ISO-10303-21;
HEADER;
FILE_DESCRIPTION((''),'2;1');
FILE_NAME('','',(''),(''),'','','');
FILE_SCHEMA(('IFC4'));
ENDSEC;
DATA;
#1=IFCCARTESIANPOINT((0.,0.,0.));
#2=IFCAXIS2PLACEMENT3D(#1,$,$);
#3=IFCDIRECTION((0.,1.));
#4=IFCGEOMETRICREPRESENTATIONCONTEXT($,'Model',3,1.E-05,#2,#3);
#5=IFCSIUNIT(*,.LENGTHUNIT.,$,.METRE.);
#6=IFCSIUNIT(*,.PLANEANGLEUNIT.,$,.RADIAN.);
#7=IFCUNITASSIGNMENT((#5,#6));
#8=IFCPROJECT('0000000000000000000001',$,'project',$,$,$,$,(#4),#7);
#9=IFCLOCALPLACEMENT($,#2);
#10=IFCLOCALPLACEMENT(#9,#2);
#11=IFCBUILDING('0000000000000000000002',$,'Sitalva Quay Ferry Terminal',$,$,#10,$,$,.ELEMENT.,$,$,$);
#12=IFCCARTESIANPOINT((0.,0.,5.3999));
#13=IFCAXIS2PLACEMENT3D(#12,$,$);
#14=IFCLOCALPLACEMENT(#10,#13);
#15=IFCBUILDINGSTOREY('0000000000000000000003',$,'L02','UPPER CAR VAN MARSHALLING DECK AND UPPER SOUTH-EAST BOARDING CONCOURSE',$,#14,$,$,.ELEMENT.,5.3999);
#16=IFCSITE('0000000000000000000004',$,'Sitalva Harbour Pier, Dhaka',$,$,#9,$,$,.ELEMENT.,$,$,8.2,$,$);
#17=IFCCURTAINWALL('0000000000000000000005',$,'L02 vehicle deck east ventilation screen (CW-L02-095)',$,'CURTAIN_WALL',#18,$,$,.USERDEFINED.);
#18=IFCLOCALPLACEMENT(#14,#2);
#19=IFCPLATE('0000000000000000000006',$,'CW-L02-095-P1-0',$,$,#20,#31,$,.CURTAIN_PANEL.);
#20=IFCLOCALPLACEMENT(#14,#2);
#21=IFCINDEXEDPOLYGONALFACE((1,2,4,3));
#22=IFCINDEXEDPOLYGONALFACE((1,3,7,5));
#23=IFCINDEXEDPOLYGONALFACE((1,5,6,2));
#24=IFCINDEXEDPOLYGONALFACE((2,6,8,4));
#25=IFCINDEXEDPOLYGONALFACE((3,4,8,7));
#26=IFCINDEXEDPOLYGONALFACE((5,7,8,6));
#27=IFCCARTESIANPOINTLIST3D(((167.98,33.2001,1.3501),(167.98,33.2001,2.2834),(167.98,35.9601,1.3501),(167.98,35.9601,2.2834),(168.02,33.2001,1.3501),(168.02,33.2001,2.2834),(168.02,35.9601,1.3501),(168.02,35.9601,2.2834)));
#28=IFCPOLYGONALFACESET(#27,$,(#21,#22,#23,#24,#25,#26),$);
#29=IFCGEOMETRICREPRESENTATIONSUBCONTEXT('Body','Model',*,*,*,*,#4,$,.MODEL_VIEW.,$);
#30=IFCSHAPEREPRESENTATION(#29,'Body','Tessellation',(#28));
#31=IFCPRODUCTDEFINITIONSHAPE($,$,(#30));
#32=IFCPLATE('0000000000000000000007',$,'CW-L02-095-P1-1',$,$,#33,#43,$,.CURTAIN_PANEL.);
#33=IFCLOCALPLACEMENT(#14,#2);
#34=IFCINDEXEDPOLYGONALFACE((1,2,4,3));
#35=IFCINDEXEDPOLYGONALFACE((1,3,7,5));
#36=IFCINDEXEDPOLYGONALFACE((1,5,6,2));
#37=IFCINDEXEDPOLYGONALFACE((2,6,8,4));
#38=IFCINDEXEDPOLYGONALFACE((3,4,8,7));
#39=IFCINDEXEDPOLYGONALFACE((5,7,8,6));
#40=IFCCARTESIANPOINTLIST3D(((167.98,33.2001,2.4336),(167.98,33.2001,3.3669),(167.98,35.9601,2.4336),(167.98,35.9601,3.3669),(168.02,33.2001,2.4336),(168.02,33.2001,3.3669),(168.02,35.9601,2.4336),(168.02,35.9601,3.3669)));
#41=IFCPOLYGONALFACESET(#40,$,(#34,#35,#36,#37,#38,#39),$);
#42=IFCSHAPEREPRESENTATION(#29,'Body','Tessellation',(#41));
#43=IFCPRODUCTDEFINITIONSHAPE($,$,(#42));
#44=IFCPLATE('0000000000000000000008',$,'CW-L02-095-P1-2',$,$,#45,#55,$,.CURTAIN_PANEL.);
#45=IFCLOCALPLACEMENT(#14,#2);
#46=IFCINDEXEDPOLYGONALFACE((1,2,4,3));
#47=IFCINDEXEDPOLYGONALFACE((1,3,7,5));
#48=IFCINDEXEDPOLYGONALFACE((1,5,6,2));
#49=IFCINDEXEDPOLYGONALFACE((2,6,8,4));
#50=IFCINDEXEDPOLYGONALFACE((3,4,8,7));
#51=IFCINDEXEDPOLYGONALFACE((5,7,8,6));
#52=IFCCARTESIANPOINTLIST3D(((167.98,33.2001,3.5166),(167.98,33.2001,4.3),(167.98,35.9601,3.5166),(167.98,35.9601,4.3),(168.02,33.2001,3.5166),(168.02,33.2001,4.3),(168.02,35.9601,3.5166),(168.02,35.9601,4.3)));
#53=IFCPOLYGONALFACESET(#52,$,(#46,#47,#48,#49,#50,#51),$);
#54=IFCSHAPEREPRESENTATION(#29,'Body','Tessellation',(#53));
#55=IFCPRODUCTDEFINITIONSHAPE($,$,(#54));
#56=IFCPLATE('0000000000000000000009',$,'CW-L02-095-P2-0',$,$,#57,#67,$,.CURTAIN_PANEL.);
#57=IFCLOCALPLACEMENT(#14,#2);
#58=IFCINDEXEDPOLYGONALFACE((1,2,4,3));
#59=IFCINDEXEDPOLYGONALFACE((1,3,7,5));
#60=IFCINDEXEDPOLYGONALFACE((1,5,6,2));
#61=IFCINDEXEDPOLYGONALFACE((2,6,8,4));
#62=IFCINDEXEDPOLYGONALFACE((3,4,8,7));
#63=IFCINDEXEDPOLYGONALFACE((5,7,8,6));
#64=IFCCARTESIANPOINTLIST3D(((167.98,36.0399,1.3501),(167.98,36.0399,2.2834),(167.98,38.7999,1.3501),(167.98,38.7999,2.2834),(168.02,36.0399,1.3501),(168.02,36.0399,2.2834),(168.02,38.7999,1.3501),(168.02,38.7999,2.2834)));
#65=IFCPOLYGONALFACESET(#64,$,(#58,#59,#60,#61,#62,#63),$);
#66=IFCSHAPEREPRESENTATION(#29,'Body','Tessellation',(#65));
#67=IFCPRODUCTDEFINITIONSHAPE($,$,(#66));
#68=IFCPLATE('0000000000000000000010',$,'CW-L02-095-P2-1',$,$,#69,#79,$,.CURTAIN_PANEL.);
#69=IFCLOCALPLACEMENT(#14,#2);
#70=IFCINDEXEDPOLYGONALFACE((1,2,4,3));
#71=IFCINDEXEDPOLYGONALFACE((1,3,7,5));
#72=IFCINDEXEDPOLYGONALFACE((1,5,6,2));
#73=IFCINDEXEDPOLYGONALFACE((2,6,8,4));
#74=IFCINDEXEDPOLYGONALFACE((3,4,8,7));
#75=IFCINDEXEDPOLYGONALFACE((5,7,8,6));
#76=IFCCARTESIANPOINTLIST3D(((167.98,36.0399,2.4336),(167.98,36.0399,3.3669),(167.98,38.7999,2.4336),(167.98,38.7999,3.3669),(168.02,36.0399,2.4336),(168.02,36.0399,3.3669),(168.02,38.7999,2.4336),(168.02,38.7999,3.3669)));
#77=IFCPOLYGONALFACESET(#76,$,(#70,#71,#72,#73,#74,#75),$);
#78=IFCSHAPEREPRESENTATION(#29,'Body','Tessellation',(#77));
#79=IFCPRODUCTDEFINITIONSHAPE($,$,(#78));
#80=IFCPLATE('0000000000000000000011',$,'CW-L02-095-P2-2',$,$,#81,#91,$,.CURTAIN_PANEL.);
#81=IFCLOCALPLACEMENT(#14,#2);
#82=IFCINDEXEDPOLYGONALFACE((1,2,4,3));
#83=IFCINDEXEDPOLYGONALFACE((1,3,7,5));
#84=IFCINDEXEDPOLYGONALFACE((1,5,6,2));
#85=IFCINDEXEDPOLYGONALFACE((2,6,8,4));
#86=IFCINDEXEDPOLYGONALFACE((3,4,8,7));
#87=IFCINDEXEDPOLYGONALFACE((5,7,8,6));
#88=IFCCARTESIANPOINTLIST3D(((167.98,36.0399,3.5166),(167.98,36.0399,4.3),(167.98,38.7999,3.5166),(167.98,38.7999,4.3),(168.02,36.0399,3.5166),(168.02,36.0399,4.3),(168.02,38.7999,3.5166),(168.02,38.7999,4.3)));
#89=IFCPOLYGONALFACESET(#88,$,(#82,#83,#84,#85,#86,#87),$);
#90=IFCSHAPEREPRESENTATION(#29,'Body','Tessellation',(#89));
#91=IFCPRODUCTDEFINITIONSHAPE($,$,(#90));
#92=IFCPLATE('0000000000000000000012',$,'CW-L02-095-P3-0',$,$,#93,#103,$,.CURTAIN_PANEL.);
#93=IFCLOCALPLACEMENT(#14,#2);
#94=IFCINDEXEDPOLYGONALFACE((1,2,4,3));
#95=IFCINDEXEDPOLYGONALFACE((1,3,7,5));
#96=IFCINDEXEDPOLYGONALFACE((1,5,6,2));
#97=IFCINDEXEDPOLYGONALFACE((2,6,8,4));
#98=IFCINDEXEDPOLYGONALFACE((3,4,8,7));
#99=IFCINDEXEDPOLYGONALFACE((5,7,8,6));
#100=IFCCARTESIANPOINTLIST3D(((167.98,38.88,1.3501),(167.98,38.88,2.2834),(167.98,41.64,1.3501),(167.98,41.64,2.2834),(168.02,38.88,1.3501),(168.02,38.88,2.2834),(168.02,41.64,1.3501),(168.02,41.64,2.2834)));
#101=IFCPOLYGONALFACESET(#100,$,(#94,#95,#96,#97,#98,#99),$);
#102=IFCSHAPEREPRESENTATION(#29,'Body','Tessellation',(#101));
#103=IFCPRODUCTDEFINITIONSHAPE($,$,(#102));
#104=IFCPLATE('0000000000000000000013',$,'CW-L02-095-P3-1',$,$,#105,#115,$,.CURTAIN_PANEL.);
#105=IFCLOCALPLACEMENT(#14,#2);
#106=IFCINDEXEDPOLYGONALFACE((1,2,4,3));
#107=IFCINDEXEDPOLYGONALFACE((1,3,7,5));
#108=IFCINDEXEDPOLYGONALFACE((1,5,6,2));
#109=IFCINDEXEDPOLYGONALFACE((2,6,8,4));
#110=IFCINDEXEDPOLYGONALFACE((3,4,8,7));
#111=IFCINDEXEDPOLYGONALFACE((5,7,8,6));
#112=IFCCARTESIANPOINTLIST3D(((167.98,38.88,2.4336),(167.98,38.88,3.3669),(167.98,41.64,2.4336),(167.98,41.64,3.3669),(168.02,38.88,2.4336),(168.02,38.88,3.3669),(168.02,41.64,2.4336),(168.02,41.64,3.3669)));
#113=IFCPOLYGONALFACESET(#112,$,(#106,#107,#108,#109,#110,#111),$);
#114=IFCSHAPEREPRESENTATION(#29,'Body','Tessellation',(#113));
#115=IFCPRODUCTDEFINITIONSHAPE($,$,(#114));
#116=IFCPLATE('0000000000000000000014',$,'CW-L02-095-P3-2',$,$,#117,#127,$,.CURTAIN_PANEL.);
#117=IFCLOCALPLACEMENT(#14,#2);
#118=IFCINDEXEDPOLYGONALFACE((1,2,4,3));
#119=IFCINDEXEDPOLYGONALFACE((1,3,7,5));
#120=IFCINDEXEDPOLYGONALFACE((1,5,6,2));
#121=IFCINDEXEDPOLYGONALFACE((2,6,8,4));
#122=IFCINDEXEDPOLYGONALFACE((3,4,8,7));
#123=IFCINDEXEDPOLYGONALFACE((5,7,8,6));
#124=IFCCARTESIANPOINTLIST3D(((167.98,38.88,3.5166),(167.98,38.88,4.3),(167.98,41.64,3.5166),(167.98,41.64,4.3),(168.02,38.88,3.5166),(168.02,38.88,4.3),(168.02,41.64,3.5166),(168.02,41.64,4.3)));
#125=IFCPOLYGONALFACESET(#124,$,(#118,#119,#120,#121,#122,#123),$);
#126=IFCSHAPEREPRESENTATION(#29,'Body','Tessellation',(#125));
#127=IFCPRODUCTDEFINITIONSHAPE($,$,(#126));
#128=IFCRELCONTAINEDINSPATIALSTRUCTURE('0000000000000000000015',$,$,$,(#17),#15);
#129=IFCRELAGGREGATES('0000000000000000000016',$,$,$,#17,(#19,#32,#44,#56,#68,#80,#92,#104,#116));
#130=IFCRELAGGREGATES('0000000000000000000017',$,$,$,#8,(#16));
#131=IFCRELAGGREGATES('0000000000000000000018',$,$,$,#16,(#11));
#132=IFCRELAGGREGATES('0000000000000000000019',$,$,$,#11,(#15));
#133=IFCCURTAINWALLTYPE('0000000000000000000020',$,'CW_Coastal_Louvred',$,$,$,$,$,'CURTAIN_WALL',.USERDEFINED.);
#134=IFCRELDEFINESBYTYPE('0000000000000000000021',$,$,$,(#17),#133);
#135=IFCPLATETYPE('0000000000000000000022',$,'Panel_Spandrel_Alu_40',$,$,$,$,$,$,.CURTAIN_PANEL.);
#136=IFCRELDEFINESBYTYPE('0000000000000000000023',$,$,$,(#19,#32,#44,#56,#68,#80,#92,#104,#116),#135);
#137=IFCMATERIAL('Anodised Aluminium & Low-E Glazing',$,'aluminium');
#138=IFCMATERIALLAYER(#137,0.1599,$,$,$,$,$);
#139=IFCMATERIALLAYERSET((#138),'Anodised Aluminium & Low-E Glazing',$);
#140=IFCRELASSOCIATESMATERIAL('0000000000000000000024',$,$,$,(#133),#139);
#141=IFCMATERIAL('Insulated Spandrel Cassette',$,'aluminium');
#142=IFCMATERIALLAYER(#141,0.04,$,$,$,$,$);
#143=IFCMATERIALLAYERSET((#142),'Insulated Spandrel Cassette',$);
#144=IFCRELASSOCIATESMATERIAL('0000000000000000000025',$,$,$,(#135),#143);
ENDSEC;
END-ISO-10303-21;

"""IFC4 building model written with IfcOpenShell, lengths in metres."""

from ifc_helpers import new_model, si_unit, direction, frame, origin, origin_2d, place, context, subcontext, project, spatial, rectangle, extrude, material, layer, layer_set, type_object, element, aggregate, save


model = new_model("IFC4")

# Units and contexts
model_context = context("Model", 3, precision=1e-05, world=origin(), true_north=direction((0.0, 1.0)))
body_context = subcontext(model_context, "Body", "Model", "MODEL_VIEW")
ifc_project = project(units=[si_unit("LENGTHUNIT", "METRE"), si_unit("PLANEANGLEUNIT", "RADIAN")], contexts=[model_context])

# Site, building, storey
site_placement = place(None, origin())
site = spatial("IfcSite", under=ifc_project, at=site_placement, Name="Sitalva Harbour Pier, Dhaka", CompositionType="ELEMENT", RefElevation=8.2)
building_placement = place(site_placement, origin())
building = spatial("IfcBuilding", under=site, at=building_placement, Name="Sitalva Quay Ferry Terminal", CompositionType="ELEMENT")
storey_placement = place(building_placement, frame((0.0, 0.0, 5.3999)))
storey = spatial("IfcBuildingStorey", under=building, at=storey_placement, Name="L02", Description="UPPER CAR VAN MARSHALLING DECK AND UPPER SOUTH-EAST BOARDING CONCOURSE", CompositionType="ELEMENT", Elevation=5.3999)

# Curtain wall, plates
ifc_material_1 = material(Name="Anodised Aluminium & Low-E Glazing", Category="aluminium")
ifc_layer_1 = layer(ifc_material_1, 0.1599)
ifc_layer_set_1 = layer_set([ifc_layer_1], Name="Anodised Aluminium & Low-E Glazing")
curtain_wall_type = type_object("IfcCurtainWallType", Name="CW_Coastal_Louvred", ElementType="CURTAIN_WALL", PredefinedType="USERDEFINED", material=ifc_layer_set_1)
curtain_wall_placement = place(storey_placement, origin())
curtain_wall = element("IfcCurtainWall", 1, at=curtain_wall_placement, inside=storey, type_object=curtain_wall_type, Name="L02 vehicle deck east ventilation screen (CW-L02-095)", ObjectType="CURTAIN_WALL", PredefinedType="USERDEFINED")
ifc_material_2 = material(Name="Insulated Spandrel Cassette", Category="aluminium")
ifc_layer_2 = layer(ifc_material_2, 0.04)
ifc_layer_set_2 = layer_set([ifc_layer_2], Name="Insulated Spandrel Cassette")
plate_type = type_object("IfcPlateType", Name="Panel_Spandrel_Alu_40", PredefinedType="CURTAIN_PANEL", material=ifc_layer_set_2)
plate_1_placement = place(storey_placement, frame((168.0, 34.5801, 1.3501), z_axis=(0.0, 0.0, 1.0), x_axis=(0.0, 1.0, 0.0)))
plate_1 = element("IfcPlate", 2, at=plate_1_placement, type_object=plate_type, Name="CW-L02-095-P1-0", PredefinedType="CURTAIN_PANEL", context=body_context, shape_type="SweptSolid", body=[
    extrude(rectangle(XDim=2.76, YDim=0.04, at=origin_2d()), origin(), (0.0, 0.0, 1.0), 0.9333),
])
plate_2_placement = place(storey_placement, frame((168.0, 34.5801, 2.4336), z_axis=(0.0, 0.0, 1.0), x_axis=(0.0, 1.0, 0.0)))
plate_2 = element("IfcPlate", 3, at=plate_2_placement, type_object=plate_type, Name="CW-L02-095-P1-1", PredefinedType="CURTAIN_PANEL", context=body_context, shape_type="SweptSolid", body=[
    extrude(rectangle(XDim=2.76, YDim=0.04, at=origin_2d()), origin(), (0.0, 0.0, 1.0), 0.9333),
])
plate_3_placement = place(storey_placement, frame((168.0, 34.5801, 3.5166), z_axis=(0.0, 0.0, 1.0), x_axis=(0.0, 1.0, 0.0)))
plate_3 = element("IfcPlate", 4, at=plate_3_placement, type_object=plate_type, Name="CW-L02-095-P1-2", PredefinedType="CURTAIN_PANEL", context=body_context, shape_type="SweptSolid", body=[
    extrude(rectangle(XDim=2.76, YDim=0.04, at=origin_2d()), origin(), (0.0, 0.0, 1.0), 0.7834),
])
plate_4_placement = place(storey_placement, frame((168.0, 37.4199, 1.3501), z_axis=(0.0, 0.0, 1.0), x_axis=(0.0, 1.0, 0.0)))
plate_4 = element("IfcPlate", 5, at=plate_4_placement, type_object=plate_type, Name="CW-L02-095-P2-0", PredefinedType="CURTAIN_PANEL", context=body_context, shape_type="SweptSolid", body=[
    extrude(rectangle(XDim=2.76, YDim=0.04, at=origin_2d()), origin(), (0.0, 0.0, 1.0), 0.9333),
])
plate_5_placement = place(storey_placement, frame((168.0, 37.4199, 2.4336), z_axis=(0.0, 0.0, 1.0), x_axis=(0.0, 1.0, 0.0)))
plate_5 = element("IfcPlate", 6, at=plate_5_placement, type_object=plate_type, Name="CW-L02-095-P2-1", PredefinedType="CURTAIN_PANEL", context=body_context, shape_type="SweptSolid", body=[
    extrude(rectangle(XDim=2.76, YDim=0.04, at=origin_2d()), origin(), (0.0, 0.0, 1.0), 0.9333),
])
plate_6_placement = place(storey_placement, frame((168.0, 37.4199, 3.5166), z_axis=(0.0, 0.0, 1.0), x_axis=(0.0, 1.0, 0.0)))
plate_6 = element("IfcPlate", 7, at=plate_6_placement, type_object=plate_type, Name="CW-L02-095-P2-2", PredefinedType="CURTAIN_PANEL", context=body_context, shape_type="SweptSolid", body=[
    extrude(rectangle(XDim=2.76, YDim=0.04, at=origin_2d()), origin(), (0.0, 0.0, 1.0), 0.7834),
])
plate_7_placement = place(storey_placement, frame((168.0, 40.26, 1.3501), z_axis=(0.0, 0.0, 1.0), x_axis=(0.0, 1.0, 0.0)))
plate_7 = element("IfcPlate", 8, at=plate_7_placement, type_object=plate_type, Name="CW-L02-095-P3-0", PredefinedType="CURTAIN_PANEL", context=body_context, shape_type="SweptSolid", body=[
    extrude(rectangle(XDim=2.76, YDim=0.04, at=origin_2d()), origin(), (0.0, 0.0, 1.0), 0.9333),
])
plate_8_placement = place(storey_placement, frame((168.0, 40.26, 2.4336), z_axis=(0.0, 0.0, 1.0), x_axis=(0.0, 1.0, 0.0)))
plate_8 = element("IfcPlate", 9, at=plate_8_placement, type_object=plate_type, Name="CW-L02-095-P3-1", PredefinedType="CURTAIN_PANEL", context=body_context, shape_type="SweptSolid", body=[
    extrude(rectangle(XDim=2.76, YDim=0.04, at=origin_2d()), origin(), (0.0, 0.0, 1.0), 0.9333),
])
plate_9_placement = place(storey_placement, frame((168.0, 40.26, 3.5166), z_axis=(0.0, 0.0, 1.0), x_axis=(0.0, 1.0, 0.0)))
plate_9 = element("IfcPlate", 10, at=plate_9_placement, type_object=plate_type, Name="CW-L02-095-P3-2", PredefinedType="CURTAIN_PANEL", context=body_context, shape_type="SweptSolid", body=[
    extrude(rectangle(XDim=2.76, YDim=0.04, at=origin_2d()), origin(), (0.0, 0.0, 1.0), 0.7834),
])
aggregate(curtain_wall, [plate_1, plate_2, plate_3, plate_4, plate_5, plate_6, plate_7, plate_8, plate_9])

save(model, "model.ifc")
